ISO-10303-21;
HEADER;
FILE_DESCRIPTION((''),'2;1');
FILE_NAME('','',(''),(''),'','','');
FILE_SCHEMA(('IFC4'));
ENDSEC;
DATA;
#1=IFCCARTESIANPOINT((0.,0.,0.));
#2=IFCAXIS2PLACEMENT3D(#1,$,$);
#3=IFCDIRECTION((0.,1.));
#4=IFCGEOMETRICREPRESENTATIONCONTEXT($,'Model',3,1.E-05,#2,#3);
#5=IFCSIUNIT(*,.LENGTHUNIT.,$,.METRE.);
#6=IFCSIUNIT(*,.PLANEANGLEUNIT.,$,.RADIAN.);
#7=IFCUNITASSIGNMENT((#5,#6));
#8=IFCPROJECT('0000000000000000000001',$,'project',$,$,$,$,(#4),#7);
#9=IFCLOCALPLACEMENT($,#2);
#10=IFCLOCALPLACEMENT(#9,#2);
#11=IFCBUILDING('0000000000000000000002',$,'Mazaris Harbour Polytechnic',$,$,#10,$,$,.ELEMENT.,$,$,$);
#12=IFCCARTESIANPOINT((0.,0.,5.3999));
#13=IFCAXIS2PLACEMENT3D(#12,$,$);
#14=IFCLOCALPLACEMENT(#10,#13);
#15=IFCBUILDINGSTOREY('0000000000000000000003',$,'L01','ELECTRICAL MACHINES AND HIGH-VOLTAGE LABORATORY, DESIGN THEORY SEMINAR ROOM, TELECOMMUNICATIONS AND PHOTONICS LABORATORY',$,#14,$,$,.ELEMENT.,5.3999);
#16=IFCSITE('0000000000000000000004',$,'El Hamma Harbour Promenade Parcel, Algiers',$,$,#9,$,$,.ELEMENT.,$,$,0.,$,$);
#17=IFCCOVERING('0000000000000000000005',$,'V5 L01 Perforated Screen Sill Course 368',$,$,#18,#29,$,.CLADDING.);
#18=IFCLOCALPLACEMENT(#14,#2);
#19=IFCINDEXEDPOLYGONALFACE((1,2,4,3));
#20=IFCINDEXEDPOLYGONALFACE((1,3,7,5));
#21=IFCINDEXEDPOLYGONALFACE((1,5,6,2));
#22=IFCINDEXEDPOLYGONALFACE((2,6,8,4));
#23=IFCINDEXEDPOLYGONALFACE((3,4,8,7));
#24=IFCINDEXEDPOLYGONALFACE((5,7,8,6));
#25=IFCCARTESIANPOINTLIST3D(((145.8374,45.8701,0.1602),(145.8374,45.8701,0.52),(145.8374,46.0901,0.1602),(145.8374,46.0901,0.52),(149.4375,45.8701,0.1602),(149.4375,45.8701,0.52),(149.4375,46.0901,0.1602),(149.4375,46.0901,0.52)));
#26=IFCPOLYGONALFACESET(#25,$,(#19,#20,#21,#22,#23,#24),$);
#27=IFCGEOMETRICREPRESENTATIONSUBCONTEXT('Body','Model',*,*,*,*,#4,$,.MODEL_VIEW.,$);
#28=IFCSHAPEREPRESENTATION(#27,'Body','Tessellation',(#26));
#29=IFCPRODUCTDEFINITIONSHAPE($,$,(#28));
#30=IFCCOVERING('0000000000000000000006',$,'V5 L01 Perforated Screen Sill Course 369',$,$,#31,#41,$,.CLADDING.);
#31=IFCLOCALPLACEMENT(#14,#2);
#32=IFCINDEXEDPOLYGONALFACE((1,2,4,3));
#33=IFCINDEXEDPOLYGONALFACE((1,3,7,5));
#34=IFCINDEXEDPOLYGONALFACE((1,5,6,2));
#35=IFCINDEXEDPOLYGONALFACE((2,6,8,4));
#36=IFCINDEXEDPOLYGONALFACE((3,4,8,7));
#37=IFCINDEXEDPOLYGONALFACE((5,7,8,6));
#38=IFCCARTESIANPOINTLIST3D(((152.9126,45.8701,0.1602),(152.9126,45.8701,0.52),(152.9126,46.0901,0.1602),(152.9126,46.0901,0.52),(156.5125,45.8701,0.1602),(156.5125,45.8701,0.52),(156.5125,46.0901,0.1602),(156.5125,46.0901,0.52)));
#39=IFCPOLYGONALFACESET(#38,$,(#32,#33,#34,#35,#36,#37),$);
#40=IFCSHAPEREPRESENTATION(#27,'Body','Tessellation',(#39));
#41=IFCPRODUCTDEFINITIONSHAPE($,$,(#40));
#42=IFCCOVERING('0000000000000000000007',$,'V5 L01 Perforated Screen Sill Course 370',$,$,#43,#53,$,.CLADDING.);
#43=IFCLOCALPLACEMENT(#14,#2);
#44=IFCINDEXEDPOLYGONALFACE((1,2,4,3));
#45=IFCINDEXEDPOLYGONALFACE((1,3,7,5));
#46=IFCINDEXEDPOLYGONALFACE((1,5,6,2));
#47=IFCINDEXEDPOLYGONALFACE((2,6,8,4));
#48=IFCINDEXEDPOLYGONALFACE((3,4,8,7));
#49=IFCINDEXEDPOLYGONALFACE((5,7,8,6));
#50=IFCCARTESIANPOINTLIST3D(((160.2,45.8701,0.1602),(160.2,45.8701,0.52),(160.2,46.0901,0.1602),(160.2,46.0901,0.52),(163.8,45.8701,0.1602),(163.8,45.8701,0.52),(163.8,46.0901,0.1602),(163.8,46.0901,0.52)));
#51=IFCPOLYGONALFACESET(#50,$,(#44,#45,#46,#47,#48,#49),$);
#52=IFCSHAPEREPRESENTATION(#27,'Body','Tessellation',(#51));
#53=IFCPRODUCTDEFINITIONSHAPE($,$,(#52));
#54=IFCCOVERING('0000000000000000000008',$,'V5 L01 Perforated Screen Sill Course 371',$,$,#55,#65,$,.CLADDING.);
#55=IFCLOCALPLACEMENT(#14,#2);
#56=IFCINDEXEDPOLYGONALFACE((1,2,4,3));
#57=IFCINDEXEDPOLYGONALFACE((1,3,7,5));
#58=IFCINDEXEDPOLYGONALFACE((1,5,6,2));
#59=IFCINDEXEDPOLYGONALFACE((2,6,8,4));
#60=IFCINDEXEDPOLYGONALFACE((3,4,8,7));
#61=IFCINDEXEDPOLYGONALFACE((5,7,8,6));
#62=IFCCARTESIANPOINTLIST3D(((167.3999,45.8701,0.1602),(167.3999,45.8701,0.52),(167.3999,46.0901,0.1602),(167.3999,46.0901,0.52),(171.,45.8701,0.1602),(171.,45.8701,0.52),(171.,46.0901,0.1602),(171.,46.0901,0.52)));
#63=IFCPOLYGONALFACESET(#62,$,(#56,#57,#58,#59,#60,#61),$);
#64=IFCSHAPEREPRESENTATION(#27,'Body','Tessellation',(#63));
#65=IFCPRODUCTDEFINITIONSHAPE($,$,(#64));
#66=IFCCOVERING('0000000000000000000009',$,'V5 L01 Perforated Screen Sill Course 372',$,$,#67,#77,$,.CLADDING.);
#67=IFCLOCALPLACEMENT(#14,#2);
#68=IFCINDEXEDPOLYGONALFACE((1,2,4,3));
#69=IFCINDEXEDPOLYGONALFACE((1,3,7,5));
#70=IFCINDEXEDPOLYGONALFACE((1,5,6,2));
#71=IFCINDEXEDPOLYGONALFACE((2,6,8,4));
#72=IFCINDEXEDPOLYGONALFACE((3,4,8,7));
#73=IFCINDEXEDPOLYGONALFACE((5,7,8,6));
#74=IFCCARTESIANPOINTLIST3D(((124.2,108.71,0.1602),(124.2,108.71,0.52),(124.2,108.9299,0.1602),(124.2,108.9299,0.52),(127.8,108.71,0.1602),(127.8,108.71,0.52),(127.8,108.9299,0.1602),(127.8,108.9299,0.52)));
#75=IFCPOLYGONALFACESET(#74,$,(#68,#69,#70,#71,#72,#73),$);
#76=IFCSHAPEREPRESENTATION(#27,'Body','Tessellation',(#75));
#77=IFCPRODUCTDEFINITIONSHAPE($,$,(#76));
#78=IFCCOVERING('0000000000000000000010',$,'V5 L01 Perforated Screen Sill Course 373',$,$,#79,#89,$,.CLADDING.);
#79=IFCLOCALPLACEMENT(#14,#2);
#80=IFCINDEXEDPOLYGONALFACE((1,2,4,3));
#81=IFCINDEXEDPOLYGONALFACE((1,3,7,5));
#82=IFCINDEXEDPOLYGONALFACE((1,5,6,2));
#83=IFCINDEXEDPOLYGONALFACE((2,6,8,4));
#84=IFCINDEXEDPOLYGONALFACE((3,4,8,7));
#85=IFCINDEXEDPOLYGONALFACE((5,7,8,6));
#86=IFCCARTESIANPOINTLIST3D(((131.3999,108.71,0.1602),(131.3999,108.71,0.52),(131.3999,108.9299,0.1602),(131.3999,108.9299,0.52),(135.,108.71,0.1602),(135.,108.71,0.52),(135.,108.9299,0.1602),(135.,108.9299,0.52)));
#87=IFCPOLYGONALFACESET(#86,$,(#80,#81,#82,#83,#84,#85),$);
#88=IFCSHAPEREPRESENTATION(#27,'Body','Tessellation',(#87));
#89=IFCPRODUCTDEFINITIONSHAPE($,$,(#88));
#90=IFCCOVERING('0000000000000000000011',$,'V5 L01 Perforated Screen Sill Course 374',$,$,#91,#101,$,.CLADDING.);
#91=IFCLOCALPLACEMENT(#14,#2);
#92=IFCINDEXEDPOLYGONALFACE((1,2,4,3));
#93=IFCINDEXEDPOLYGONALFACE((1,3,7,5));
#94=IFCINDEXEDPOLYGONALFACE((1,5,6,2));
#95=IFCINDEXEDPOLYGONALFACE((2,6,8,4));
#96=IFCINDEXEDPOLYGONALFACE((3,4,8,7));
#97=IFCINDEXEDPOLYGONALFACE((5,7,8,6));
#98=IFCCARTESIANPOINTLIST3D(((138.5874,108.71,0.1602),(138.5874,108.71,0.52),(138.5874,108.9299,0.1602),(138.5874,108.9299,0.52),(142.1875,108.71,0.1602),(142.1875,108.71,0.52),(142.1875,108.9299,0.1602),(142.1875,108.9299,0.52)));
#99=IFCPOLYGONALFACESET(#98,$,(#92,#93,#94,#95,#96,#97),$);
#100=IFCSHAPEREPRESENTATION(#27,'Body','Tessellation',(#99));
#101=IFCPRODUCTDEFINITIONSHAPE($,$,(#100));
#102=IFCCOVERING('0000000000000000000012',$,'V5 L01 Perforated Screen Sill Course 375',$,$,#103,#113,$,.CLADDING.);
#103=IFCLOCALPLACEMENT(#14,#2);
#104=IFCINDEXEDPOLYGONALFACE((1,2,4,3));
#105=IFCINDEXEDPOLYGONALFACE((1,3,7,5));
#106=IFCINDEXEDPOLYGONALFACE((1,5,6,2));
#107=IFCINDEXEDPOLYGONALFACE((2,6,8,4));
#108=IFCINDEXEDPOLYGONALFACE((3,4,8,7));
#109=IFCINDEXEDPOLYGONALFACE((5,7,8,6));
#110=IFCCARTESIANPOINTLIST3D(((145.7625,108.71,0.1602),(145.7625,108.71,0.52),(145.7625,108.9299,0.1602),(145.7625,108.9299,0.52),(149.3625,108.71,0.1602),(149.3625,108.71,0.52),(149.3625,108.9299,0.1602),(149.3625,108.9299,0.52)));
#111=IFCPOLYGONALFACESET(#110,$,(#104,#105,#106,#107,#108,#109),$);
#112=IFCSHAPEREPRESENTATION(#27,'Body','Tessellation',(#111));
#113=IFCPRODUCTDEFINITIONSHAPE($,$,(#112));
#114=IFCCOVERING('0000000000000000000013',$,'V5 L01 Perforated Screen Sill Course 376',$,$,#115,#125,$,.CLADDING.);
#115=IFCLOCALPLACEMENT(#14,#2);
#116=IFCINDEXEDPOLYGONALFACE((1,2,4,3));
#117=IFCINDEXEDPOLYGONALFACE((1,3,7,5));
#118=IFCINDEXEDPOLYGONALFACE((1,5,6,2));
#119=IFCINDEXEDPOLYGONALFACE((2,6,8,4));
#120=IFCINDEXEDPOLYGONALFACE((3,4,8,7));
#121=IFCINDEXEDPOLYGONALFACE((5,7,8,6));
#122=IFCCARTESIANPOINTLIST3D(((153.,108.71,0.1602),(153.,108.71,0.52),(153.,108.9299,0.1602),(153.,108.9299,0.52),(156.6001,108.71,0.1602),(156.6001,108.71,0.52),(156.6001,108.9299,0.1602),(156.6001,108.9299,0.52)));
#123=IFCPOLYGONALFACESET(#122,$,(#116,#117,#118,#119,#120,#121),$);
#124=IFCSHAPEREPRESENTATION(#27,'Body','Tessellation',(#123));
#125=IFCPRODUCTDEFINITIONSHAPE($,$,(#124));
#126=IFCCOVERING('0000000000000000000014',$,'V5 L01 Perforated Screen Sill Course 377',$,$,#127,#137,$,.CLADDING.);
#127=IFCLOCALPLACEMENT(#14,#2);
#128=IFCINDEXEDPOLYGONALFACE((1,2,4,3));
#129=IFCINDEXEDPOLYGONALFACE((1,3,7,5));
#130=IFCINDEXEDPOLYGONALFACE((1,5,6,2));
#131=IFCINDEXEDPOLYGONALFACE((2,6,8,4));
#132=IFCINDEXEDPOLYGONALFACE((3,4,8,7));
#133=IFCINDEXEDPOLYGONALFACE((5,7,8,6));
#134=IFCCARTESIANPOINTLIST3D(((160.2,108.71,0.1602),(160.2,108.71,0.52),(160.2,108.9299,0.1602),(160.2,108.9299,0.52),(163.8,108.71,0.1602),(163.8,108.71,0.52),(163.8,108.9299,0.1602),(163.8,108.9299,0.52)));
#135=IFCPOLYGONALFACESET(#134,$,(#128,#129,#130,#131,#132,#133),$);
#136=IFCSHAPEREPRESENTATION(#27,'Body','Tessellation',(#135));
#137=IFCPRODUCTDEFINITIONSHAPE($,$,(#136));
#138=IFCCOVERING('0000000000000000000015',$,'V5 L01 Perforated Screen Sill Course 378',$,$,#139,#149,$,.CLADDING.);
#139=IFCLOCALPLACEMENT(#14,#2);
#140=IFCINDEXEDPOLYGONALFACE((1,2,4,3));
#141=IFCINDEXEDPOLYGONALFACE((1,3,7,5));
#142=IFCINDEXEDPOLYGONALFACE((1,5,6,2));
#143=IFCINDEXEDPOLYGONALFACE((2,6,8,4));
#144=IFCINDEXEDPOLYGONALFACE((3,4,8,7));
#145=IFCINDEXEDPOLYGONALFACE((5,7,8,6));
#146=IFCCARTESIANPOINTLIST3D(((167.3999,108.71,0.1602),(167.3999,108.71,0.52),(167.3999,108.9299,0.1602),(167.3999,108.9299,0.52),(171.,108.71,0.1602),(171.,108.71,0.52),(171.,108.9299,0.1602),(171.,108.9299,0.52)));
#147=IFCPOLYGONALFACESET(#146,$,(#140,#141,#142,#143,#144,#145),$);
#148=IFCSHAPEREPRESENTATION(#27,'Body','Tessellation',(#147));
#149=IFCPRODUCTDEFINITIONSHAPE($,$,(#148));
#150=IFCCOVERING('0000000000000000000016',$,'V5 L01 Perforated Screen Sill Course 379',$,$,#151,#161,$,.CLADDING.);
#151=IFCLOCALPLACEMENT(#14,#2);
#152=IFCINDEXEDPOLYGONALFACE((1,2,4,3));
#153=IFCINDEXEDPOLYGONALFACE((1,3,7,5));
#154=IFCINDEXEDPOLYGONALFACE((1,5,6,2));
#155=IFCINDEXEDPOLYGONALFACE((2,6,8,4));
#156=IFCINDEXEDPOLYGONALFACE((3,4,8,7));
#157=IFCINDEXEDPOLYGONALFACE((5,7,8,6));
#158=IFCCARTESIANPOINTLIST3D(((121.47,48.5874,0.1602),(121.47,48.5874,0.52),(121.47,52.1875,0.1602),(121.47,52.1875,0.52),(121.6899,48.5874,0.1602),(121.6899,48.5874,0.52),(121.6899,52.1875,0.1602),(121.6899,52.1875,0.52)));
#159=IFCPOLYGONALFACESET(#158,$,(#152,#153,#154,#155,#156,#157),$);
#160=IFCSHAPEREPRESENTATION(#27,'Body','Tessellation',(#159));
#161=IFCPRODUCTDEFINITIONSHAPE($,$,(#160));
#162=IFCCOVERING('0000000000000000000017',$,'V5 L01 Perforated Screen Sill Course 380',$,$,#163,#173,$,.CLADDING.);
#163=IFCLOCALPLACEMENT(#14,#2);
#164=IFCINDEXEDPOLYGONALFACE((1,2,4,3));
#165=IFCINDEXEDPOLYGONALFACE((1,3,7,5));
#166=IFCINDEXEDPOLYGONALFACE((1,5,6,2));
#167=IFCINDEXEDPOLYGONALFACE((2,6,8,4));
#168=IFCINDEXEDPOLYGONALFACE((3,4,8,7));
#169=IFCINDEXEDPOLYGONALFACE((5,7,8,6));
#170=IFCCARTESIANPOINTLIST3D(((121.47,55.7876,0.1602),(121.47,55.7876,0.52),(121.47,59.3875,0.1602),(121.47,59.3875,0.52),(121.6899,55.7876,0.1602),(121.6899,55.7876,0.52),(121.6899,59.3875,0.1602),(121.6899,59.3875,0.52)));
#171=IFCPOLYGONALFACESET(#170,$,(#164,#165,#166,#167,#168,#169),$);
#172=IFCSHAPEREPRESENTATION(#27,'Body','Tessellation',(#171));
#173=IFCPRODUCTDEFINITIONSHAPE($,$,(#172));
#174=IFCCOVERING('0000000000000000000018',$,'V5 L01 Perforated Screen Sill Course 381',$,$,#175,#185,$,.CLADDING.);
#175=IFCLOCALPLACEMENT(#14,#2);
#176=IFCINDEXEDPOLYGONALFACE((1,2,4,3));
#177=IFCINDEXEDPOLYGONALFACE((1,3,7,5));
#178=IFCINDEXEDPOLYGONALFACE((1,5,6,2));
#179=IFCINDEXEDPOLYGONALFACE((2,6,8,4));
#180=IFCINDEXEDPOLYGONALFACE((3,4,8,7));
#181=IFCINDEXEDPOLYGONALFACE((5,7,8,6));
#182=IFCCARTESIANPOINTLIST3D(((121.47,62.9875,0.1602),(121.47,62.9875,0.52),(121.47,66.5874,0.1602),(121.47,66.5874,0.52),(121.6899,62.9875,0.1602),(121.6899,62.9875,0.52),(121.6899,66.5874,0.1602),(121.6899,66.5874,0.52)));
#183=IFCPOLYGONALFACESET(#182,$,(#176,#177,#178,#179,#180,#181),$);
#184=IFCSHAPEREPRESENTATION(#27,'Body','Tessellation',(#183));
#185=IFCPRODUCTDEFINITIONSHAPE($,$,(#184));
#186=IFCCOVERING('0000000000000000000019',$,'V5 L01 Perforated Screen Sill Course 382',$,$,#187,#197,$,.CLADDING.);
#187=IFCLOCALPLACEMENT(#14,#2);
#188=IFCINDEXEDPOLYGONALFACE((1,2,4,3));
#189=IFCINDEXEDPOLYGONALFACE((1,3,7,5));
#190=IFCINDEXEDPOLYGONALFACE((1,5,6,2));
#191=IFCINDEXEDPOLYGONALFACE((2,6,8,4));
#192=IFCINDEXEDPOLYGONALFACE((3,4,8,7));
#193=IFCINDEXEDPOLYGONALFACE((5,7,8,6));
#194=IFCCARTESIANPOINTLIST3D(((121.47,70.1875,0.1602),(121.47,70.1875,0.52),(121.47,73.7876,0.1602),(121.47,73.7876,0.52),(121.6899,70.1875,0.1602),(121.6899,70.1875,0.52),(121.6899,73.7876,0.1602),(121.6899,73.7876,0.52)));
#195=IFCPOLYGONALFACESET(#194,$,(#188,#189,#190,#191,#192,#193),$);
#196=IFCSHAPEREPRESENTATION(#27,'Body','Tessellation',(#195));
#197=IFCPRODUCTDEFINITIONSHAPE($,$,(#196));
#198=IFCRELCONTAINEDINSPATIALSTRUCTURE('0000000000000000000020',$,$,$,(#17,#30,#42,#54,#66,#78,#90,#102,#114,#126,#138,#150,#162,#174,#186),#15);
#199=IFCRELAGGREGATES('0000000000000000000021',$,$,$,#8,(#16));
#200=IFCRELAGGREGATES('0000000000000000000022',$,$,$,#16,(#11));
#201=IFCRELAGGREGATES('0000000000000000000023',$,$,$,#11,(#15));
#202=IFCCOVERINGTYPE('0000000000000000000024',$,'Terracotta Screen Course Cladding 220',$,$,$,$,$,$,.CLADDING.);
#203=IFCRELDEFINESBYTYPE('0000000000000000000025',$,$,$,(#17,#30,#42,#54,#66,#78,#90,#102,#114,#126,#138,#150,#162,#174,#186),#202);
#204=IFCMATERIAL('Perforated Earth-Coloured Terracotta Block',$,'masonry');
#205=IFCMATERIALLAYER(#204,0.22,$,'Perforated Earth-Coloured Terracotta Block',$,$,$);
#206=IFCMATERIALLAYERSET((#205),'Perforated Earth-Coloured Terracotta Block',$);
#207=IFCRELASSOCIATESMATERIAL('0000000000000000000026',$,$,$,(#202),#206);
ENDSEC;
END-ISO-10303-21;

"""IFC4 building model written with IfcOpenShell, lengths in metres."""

from ifc_helpers import new_model, si_unit, direction, frame, origin, place, context, subcontext, project, spatial, polyline, outline, extrude, material, layer, layer_set, type_object, element, save


model = new_model("IFC4")

# Units and contexts
model_context = context("Model", 3, precision=1e-05, world=origin(), true_north=direction((0.0, 1.0)))
body_context = subcontext(model_context, "Body", "Model", "MODEL_VIEW")
ifc_project = project(units=[si_unit("LENGTHUNIT", "METRE"), si_unit("PLANEANGLEUNIT", "RADIAN")], contexts=[model_context])

# Site, building, storey
site_placement = place(None, origin())
site = spatial("IfcSite", under=ifc_project, at=site_placement, Name="El Hamma Harbour Promenade Parcel, Algiers", CompositionType="ELEMENT", RefElevation=0.0)
building_placement = place(site_placement, origin())
building = spatial("IfcBuilding", under=site, at=building_placement, Name="Mazaris Harbour Polytechnic", CompositionType="ELEMENT")
storey_placement = place(building_placement, frame((0.0, 0.0, 5.3999)))
storey = spatial("IfcBuildingStorey", under=building, at=storey_placement, Name="L01", Description="ELECTRICAL MACHINES AND HIGH-VOLTAGE LABORATORY, DESIGN THEORY SEMINAR ROOM, TELECOMMUNICATIONS AND PHOTONICS LABORATORY", CompositionType="ELEMENT", Elevation=5.3999)

# Coverings
ifc_material = material(Name="Perforated Earth-Coloured Terracotta Block", Category="masonry")
ifc_layer = layer(ifc_material, 0.22, Name="Perforated Earth-Coloured Terracotta Block")
ifc_layer_set = layer_set([ifc_layer], Name="Perforated Earth-Coloured Terracotta Block")
covering_type = type_object("IfcCoveringType", Name="Terracotta Screen Course Cladding 220", PredefinedType="CLADDING", material=ifc_layer_set)
covering_1_placement = place(storey_placement, frame((0.0, 0.0, 0.1602)))
element("IfcCovering", 1, at=covering_1_placement, inside=storey, type_object=covering_type, Name="V5 L01 Perforated Screen Sill Course 368", PredefinedType="CLADDING", context=body_context, shape_type="SweptSolid", body=[
    extrude(outline(polyline([(149.4375, 46.0901), (145.8374, 46.0901), (145.8374, 45.8701), (149.4375, 45.8701), (149.4375, 46.0901)])), origin(), (0.0, 0.0, 1.0), 0.3599),
])
covering_2_placement = place(storey_placement, frame((0.0, 0.0, 0.1602)))
element("IfcCovering", 2, at=covering_2_placement, inside=storey, type_object=covering_type, Name="V5 L01 Perforated Screen Sill Course 369", PredefinedType="CLADDING", context=body_context, shape_type="SweptSolid", body=[
    extrude(outline(polyline([(156.5125, 46.0901), (152.9126, 46.0901), (152.9126, 45.8701), (156.5125, 45.8701), (156.5125, 46.0901)])), origin(), (0.0, 0.0, 1.0), 0.3599),
])
covering_3_placement = place(storey_placement, frame((0.0, 0.0, 0.1602)))
element("IfcCovering", 3, at=covering_3_placement, inside=storey, type_object=covering_type, Name="V5 L01 Perforated Screen Sill Course 370", PredefinedType="CLADDING", context=body_context, shape_type="SweptSolid", body=[
    extrude(outline(polyline([(163.8, 46.0901), (160.2, 46.0901), (160.2, 45.8701), (163.8, 45.8701), (163.8, 46.0901)])), origin(), (0.0, 0.0, 1.0), 0.3599),
])
covering_4_placement = place(storey_placement, frame((0.0, 0.0, 0.1602)))
element("IfcCovering", 4, at=covering_4_placement, inside=storey, type_object=covering_type, Name="V5 L01 Perforated Screen Sill Course 371", PredefinedType="CLADDING", context=body_context, shape_type="SweptSolid", body=[
    extrude(outline(polyline([(171.0, 46.0901), (167.3999, 46.0901), (167.3999, 45.8701), (171.0, 45.8701), (171.0, 46.0901)])), origin(), (0.0, 0.0, 1.0), 0.3599),
])
covering_5_placement = place(storey_placement, frame((0.0, 0.0, 0.1602)))
element("IfcCovering", 5, at=covering_5_placement, inside=storey, type_object=covering_type, Name="V5 L01 Perforated Screen Sill Course 372", PredefinedType="CLADDING", context=body_context, shape_type="SweptSolid", body=[
    extrude(outline(polyline([(124.2, 108.71), (127.8, 108.71), (127.8, 108.9299), (124.2, 108.9299), (124.2, 108.71)])), origin(), (0.0, 0.0, 1.0), 0.3599),
])
covering_6_placement = place(storey_placement, frame((0.0, 0.0, 0.1602)))
element("IfcCovering", 6, at=covering_6_placement, inside=storey, type_object=covering_type, Name="V5 L01 Perforated Screen Sill Course 373", PredefinedType="CLADDING", context=body_context, shape_type="SweptSolid", body=[
    extrude(outline(polyline([(131.3999, 108.71), (135.0, 108.71), (135.0, 108.9299), (131.3999, 108.9299), (131.3999, 108.71)])), origin(), (0.0, 0.0, 1.0), 0.3599),
])
covering_7_placement = place(storey_placement, frame((0.0, 0.0, 0.1602)))
element("IfcCovering", 7, at=covering_7_placement, inside=storey, type_object=covering_type, Name="V5 L01 Perforated Screen Sill Course 374", PredefinedType="CLADDING", context=body_context, shape_type="SweptSolid", body=[
    extrude(outline(polyline([(138.5874, 108.71), (142.1875, 108.71), (142.1875, 108.9299), (138.5874, 108.9299), (138.5874, 108.71)])), origin(), (0.0, 0.0, 1.0), 0.3599),
])
covering_8_placement = place(storey_placement, frame((0.0, 0.0, 0.1602)))
element("IfcCovering", 8, at=covering_8_placement, inside=storey, type_object=covering_type, Name="V5 L01 Perforated Screen Sill Course 375", PredefinedType="CLADDING", context=body_context, shape_type="SweptSolid", body=[
    extrude(outline(polyline([(145.7625, 108.71), (149.3625, 108.71), (149.3625, 108.9299), (145.7625, 108.9299), (145.7625, 108.71)])), origin(), (0.0, 0.0, 1.0), 0.3599),
])
covering_9_placement = place(storey_placement, frame((0.0, 0.0, 0.1602)))
element("IfcCovering", 9, at=covering_9_placement, inside=storey, type_object=covering_type, Name="V5 L01 Perforated Screen Sill Course 376", PredefinedType="CLADDING", context=body_context, shape_type="SweptSolid", body=[
    extrude(outline(polyline([(153.0, 108.71), (156.6001, 108.71), (156.6001, 108.9299), (153.0, 108.9299), (153.0, 108.71)])), origin(), (0.0, 0.0, 1.0), 0.3599),
])
covering_10_placement = place(storey_placement, frame((0.0, 0.0, 0.1602)))
element("IfcCovering", 10, at=covering_10_placement, inside=storey, type_object=covering_type, Name="V5 L01 Perforated Screen Sill Course 377", PredefinedType="CLADDING", context=body_context, shape_type="SweptSolid", body=[
    extrude(outline(polyline([(160.2, 108.71), (163.8, 108.71), (163.8, 108.9299), (160.2, 108.9299), (160.2, 108.71)])), origin(), (0.0, 0.0, 1.0), 0.3599),
])
covering_11_placement = place(storey_placement, frame((0.0, 0.0, 0.1602)))
element("IfcCovering", 11, at=covering_11_placement, inside=storey, type_object=covering_type, Name="V5 L01 Perforated Screen Sill Course 378", PredefinedType="CLADDING", context=body_context, shape_type="SweptSolid", body=[
    extrude(outline(polyline([(167.3999, 108.71), (171.0, 108.71), (171.0, 108.9299), (167.3999, 108.9299), (167.3999, 108.71)])), origin(), (0.0, 0.0, 1.0), 0.3599),
])
covering_12_placement = place(storey_placement, frame((0.0, 0.0, 0.1602)))
element("IfcCovering", 12, at=covering_12_placement, inside=storey, type_object=covering_type, Name="V5 L01 Perforated Screen Sill Course 379", PredefinedType="CLADDING", context=body_context, shape_type="SweptSolid", body=[
    extrude(outline(polyline([(121.6899, 48.5874), (121.6899, 52.1875), (121.47, 52.1875), (121.47, 48.5874), (121.6899, 48.5874)])), origin(), (0.0, 0.0, 1.0), 0.3599),
])
covering_13_placement = place(storey_placement, frame((0.0, 0.0, 0.1602)))
element("IfcCovering", 13, at=covering_13_placement, inside=storey, type_object=covering_type, Name="V5 L01 Perforated Screen Sill Course 380", PredefinedType="CLADDING", context=body_context, shape_type="SweptSolid", body=[
    extrude(outline(polyline([(121.6899, 55.7876), (121.6899, 59.3875), (121.47, 59.3875), (121.47, 55.7876), (121.6899, 55.7876)])), origin(), (0.0, 0.0, 1.0), 0.3599),
])
covering_14_placement = place(storey_placement, frame((0.0, 0.0, 0.1602)))
element("IfcCovering", 14, at=covering_14_placement, inside=storey, type_object=covering_type, Name="V5 L01 Perforated Screen Sill Course 381", PredefinedType="CLADDING", context=body_context, shape_type="SweptSolid", body=[
    extrude(outline(polyline([(121.6899, 62.9875), (121.6899, 66.5874), (121.47, 66.5874), (121.47, 62.9875), (121.6899, 62.9875)])), origin(), (0.0, 0.0, 1.0), 0.3599),
])
covering_15_placement = place(storey_placement, frame((0.0, 0.0, 0.1602)))
element("IfcCovering", 15, at=covering_15_placement, inside=storey, type_object=covering_type, Name="V5 L01 Perforated Screen Sill Course 382", PredefinedType="CLADDING", context=body_context, shape_type="SweptSolid", body=[
    extrude(outline(polyline([(121.6899, 70.1875), (121.6899, 73.7876), (121.47, 73.7876), (121.47, 70.1875), (121.6899, 70.1875)])), origin(), (0.0, 0.0, 1.0), 0.3599),
])

save(model, "model.ifc")
